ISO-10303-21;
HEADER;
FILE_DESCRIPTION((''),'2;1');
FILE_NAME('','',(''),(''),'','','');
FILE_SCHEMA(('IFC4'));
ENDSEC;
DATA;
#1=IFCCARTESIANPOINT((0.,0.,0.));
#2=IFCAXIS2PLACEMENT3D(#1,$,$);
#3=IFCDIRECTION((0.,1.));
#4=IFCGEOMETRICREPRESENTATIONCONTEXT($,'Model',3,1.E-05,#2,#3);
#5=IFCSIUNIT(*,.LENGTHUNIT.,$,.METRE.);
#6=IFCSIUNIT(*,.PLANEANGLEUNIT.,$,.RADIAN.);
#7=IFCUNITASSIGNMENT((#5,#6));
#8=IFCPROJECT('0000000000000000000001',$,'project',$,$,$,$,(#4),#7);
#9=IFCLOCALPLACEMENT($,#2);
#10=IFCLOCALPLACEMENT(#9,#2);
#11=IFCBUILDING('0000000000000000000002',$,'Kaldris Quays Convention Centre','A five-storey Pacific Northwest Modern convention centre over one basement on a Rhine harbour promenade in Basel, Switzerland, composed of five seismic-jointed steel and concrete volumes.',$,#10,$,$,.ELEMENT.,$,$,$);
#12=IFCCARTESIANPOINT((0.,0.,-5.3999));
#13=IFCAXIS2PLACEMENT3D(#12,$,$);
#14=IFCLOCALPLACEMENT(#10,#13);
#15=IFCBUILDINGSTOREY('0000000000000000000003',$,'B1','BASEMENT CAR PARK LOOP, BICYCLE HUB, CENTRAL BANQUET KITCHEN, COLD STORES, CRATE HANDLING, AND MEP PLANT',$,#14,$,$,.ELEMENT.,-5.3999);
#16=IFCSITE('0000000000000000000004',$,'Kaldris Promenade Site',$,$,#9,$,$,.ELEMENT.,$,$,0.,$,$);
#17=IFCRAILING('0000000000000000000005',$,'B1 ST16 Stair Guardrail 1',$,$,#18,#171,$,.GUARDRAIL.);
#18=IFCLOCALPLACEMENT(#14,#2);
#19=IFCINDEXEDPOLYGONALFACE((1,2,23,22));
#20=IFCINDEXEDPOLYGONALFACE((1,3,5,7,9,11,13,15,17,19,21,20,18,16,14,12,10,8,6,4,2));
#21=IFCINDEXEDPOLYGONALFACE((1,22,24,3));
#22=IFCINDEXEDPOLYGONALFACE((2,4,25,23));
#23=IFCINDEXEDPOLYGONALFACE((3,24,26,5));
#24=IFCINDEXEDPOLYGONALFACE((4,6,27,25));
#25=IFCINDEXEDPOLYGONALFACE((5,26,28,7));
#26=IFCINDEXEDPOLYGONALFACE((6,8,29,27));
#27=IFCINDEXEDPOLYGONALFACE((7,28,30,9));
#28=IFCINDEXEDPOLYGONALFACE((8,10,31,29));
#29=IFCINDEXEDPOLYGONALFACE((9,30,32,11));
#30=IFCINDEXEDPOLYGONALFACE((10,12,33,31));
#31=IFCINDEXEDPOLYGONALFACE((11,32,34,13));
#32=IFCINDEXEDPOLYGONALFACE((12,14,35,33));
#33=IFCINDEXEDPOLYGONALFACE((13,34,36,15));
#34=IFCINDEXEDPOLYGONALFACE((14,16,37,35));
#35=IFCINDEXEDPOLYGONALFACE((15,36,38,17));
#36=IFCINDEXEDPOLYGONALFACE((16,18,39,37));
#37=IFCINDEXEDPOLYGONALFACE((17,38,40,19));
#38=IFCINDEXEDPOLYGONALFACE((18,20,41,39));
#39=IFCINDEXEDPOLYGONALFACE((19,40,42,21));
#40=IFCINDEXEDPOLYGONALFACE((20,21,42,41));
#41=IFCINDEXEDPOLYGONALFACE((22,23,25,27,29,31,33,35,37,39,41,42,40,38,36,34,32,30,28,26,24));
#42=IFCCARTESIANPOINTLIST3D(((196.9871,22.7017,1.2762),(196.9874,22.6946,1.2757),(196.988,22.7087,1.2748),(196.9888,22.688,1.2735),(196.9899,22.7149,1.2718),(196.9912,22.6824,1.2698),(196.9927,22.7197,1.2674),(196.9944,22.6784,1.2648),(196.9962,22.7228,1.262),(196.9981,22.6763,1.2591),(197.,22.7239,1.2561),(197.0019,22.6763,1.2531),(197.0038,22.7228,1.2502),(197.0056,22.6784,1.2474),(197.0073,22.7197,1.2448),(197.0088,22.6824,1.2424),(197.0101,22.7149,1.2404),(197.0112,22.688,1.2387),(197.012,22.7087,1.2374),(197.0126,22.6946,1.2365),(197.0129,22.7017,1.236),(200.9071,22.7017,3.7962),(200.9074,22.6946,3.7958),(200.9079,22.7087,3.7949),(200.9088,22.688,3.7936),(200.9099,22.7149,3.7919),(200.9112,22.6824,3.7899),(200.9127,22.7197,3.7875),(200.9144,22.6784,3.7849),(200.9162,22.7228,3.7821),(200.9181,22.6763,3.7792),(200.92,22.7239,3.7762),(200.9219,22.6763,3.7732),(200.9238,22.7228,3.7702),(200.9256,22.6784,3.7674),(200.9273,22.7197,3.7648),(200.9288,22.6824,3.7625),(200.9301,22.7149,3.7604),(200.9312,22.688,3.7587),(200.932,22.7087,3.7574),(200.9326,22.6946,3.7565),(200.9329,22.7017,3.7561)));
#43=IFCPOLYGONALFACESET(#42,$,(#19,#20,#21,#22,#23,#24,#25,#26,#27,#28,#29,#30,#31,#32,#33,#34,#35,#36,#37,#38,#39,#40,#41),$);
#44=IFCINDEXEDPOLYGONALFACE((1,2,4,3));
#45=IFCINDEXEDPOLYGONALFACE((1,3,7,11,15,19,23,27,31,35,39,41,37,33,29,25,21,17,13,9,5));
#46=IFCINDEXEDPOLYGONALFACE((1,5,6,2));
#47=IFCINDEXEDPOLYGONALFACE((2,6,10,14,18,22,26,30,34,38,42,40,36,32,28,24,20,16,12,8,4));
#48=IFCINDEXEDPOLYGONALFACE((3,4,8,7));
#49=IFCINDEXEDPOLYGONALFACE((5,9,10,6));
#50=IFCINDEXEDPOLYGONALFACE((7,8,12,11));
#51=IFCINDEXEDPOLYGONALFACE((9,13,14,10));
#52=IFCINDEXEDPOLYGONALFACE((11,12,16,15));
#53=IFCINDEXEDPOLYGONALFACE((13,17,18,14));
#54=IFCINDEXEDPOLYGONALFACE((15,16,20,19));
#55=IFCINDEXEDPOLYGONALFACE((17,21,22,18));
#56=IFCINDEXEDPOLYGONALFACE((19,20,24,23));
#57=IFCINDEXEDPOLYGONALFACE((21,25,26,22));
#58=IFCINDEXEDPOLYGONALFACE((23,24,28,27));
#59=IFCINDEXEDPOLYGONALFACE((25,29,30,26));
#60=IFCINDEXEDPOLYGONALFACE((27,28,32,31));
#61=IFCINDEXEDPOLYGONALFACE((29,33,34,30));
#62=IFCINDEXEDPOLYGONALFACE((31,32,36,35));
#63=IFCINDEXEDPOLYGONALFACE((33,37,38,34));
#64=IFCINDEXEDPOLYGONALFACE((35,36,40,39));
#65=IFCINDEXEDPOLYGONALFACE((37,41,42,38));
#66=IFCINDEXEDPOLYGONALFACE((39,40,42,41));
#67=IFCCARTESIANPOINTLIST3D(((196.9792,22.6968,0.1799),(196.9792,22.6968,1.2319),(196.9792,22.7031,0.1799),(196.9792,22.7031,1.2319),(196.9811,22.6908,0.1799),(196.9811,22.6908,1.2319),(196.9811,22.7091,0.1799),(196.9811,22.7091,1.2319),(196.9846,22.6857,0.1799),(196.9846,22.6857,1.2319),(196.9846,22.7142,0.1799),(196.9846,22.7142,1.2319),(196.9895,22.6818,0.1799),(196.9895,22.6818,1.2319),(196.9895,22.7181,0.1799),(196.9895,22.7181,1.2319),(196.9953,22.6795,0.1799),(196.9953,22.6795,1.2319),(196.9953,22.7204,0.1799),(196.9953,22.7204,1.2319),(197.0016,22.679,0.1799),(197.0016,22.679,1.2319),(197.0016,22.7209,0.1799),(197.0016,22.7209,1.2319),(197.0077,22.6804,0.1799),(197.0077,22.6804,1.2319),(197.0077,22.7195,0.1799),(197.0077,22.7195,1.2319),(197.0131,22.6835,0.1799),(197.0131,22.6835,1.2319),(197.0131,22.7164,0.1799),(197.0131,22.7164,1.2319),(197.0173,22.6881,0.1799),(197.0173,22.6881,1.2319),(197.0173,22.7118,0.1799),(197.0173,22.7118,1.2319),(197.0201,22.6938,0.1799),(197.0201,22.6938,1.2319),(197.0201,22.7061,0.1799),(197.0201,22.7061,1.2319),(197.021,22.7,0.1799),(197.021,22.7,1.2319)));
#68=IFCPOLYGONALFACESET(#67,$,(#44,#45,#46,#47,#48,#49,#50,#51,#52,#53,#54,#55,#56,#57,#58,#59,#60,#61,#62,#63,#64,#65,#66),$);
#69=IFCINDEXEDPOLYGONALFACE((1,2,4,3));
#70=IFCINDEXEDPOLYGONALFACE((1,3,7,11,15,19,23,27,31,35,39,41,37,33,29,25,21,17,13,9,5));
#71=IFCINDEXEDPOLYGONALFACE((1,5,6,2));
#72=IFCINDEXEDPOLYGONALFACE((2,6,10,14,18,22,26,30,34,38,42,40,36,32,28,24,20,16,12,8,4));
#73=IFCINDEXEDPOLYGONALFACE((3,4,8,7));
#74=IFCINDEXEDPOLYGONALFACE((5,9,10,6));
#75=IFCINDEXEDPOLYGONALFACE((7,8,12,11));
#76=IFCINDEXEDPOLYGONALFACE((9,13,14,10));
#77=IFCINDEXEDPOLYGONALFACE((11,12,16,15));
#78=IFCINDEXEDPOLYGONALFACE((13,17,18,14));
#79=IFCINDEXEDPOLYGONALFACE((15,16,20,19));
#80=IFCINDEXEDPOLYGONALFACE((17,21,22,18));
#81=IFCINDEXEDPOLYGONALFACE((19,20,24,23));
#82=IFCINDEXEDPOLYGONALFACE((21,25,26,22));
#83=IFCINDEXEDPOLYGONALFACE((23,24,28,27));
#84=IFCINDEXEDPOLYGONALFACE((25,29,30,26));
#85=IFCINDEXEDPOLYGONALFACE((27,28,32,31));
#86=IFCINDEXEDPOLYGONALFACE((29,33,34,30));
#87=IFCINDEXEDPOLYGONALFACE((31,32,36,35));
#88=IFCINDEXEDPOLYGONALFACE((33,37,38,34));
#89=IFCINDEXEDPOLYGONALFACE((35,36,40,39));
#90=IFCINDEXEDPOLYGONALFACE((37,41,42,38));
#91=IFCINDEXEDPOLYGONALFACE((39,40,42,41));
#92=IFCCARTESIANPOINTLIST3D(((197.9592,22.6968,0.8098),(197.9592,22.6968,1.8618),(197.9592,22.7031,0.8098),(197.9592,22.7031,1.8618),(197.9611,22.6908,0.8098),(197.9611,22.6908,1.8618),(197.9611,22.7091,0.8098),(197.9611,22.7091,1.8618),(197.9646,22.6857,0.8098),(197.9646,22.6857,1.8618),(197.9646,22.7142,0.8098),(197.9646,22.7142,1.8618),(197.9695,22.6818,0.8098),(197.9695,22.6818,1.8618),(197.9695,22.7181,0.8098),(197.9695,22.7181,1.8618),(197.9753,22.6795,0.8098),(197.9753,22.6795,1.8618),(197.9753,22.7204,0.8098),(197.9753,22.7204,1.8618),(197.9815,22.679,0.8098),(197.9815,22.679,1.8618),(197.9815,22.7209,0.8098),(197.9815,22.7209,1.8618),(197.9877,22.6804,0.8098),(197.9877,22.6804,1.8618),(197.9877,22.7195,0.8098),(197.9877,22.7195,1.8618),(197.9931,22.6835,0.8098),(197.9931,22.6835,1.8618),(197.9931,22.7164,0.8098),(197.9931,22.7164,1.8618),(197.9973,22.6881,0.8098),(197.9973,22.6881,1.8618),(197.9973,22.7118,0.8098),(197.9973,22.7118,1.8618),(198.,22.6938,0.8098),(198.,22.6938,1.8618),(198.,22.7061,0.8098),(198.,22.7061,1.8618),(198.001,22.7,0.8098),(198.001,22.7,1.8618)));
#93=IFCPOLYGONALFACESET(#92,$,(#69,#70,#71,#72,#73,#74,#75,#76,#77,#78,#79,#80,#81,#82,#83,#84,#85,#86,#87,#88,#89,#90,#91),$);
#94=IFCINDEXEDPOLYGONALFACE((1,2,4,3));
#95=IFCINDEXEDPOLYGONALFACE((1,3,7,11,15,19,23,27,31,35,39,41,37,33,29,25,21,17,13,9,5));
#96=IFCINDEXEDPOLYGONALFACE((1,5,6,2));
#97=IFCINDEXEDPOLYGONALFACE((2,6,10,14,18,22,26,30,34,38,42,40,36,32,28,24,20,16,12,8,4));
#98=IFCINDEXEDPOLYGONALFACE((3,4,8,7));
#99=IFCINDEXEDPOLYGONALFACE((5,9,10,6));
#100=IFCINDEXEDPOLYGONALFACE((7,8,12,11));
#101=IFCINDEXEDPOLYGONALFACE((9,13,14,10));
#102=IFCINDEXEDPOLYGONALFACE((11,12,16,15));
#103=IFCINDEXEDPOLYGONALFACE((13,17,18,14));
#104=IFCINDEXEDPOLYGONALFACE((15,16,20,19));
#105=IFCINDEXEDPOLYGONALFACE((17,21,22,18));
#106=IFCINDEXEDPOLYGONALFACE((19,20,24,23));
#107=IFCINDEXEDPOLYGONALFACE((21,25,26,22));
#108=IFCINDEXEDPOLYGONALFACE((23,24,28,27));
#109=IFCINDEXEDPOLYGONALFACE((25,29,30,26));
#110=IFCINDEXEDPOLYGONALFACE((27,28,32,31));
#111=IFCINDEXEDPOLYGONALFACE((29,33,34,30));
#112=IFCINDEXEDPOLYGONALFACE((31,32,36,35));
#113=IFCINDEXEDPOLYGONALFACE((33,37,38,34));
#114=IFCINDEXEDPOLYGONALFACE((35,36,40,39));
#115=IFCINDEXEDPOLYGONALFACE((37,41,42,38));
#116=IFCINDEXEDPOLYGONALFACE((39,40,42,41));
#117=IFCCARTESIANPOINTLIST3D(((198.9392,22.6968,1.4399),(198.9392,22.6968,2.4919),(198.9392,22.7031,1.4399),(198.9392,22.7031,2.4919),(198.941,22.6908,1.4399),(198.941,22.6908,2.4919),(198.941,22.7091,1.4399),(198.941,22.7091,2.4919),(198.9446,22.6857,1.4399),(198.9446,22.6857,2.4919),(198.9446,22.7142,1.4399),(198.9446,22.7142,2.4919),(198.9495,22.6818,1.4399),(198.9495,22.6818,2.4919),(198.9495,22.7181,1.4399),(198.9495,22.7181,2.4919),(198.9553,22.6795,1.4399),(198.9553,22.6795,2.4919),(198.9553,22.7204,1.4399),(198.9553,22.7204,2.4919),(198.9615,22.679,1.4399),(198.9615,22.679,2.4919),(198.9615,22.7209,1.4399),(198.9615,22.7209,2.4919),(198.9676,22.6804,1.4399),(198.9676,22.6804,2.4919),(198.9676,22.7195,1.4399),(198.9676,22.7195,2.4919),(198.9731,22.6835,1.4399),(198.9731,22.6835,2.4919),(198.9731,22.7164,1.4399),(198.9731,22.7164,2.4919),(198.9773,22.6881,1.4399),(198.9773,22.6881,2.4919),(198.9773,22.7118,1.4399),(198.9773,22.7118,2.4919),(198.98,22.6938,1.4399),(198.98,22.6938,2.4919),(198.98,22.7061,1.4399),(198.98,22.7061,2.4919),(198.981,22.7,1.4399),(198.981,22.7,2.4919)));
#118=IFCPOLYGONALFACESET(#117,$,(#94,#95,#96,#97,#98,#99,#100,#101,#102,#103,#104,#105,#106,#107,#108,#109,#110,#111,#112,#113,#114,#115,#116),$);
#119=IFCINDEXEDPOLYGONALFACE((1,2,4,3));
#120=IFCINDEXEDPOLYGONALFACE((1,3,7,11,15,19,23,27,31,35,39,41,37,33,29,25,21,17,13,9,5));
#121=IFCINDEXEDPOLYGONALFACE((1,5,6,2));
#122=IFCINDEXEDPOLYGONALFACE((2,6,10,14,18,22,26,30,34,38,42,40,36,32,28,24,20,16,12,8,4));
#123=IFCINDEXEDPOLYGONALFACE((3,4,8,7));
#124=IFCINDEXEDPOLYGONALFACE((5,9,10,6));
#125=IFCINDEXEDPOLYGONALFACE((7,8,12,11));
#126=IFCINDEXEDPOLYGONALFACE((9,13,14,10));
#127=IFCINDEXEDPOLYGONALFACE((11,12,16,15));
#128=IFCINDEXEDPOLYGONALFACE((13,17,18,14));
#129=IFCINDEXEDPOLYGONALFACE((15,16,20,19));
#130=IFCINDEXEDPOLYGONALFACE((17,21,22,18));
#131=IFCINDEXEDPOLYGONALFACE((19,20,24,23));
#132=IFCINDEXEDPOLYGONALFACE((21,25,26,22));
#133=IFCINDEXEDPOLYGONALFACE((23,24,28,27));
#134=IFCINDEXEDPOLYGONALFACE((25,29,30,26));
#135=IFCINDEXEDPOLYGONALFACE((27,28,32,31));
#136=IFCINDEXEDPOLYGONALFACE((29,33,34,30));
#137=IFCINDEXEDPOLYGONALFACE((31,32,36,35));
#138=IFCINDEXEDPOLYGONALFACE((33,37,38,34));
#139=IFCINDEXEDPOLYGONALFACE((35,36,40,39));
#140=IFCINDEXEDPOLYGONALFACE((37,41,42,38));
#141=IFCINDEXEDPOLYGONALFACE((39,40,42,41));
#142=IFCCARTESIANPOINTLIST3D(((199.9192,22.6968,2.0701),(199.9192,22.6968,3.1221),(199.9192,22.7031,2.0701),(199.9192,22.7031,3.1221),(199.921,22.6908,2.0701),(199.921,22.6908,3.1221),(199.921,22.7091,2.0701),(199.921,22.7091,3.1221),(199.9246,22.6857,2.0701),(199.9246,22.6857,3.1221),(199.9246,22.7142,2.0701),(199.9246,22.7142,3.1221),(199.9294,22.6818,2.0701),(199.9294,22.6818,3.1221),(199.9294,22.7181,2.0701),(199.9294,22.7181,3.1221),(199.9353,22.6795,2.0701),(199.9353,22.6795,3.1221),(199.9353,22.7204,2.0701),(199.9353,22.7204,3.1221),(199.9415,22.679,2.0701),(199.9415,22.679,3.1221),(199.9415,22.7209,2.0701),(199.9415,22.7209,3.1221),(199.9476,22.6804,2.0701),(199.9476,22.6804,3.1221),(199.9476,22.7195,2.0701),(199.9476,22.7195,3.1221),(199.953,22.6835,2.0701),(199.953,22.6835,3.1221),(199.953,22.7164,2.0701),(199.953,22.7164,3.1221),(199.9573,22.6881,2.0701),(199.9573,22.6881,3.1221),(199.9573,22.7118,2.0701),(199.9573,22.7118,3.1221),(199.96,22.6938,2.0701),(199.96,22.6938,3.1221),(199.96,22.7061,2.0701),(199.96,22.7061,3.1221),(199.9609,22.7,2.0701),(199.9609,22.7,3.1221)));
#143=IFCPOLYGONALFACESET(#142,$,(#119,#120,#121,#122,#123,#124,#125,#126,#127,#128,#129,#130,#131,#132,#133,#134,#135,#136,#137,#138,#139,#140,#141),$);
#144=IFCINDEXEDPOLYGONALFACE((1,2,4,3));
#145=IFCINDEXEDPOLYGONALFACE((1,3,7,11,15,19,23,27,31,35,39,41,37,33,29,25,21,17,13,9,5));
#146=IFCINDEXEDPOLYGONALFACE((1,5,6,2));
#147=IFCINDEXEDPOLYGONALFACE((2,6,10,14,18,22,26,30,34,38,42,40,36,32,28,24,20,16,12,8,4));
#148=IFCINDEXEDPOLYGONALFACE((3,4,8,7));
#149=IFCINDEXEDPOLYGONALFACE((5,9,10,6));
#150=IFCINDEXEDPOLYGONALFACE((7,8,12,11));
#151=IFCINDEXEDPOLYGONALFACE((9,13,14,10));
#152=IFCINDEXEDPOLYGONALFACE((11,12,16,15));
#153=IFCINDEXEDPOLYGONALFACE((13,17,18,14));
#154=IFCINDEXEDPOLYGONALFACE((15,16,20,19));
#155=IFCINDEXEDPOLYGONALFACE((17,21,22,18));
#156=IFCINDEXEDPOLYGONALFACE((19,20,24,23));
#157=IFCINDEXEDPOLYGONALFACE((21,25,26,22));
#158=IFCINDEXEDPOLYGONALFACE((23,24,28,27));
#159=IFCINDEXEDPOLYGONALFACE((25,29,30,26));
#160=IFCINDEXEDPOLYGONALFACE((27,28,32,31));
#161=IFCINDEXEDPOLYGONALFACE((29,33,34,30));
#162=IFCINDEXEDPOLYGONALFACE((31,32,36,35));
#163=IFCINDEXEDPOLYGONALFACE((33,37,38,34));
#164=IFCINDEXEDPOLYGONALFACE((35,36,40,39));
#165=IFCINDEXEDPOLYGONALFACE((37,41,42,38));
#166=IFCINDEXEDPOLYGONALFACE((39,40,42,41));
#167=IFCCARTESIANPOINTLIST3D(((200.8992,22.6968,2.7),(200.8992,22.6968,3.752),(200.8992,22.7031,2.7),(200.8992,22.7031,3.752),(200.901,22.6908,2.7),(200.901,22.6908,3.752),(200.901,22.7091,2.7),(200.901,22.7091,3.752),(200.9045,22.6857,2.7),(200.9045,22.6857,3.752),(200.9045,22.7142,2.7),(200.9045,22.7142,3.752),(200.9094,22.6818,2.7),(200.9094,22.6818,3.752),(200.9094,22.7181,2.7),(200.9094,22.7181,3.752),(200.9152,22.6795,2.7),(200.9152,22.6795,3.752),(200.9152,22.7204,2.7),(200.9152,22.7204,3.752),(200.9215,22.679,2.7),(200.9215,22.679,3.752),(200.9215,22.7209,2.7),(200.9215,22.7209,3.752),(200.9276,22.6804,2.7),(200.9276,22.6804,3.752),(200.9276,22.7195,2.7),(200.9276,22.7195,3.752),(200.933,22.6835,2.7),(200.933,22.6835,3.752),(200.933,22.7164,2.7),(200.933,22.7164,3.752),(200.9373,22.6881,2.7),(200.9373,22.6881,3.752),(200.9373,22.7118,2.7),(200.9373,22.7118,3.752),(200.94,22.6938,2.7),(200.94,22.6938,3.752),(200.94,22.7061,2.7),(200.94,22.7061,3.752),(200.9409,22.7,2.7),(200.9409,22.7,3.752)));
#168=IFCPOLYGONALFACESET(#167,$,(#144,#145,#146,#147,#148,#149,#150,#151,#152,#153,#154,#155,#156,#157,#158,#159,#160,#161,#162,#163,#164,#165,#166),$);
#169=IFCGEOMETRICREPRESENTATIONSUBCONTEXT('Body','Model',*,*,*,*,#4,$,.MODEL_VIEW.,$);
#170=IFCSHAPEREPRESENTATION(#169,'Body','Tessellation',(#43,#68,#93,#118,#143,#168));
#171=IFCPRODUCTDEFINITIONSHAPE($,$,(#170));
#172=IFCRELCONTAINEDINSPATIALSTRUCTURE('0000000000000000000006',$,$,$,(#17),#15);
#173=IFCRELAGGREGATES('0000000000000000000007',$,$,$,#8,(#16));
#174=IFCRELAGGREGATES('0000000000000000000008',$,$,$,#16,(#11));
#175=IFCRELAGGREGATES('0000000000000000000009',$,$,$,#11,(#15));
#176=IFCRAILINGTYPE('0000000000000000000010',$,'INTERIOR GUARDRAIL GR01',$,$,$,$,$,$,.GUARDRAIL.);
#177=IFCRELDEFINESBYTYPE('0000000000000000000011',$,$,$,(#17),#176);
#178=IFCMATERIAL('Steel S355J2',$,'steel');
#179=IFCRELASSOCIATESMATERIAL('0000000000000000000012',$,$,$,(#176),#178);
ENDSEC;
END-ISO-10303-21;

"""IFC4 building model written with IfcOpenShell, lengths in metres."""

from ifc_helpers import new_model, si_unit, direction, frame, origin, origin_2d, place, context, subcontext, project, spatial, circle, extrude, material, type_object, element, save


model = new_model("IFC4")

# Units and contexts
model_context = context("Model", 3, precision=1e-05, world=origin(), true_north=direction((0.0, 1.0)))
body_context = subcontext(model_context, "Body", "Model", "MODEL_VIEW")
ifc_project = project(units=[si_unit("LENGTHUNIT", "METRE"), si_unit("PLANEANGLEUNIT", "RADIAN")], contexts=[model_context])

# Site, building, storey
site_placement = place(None, origin())
site = spatial("IfcSite", under=ifc_project, at=site_placement, Name="Kaldris Promenade Site", CompositionType="ELEMENT", RefElevation=0.0)
building_placement = place(site_placement, origin())
building = spatial("IfcBuilding", under=site, at=building_placement, Name="Kaldris Quays Convention Centre", Description="A five-storey Pacific Northwest Modern convention centre over one basement on a Rhine harbour promenade in Basel, Switzerland, composed of five seismic-jointed steel and concrete volumes.", CompositionType="ELEMENT")
storey_placement = place(building_placement, frame((0.0, 0.0, -5.3999)))
storey = spatial("IfcBuildingStorey", under=building, at=storey_placement, Name="B1", Description="BASEMENT CAR PARK LOOP, BICYCLE HUB, CENTRAL BANQUET KITCHEN, COLD STORES, CRATE HANDLING, AND MEP PLANT", CompositionType="ELEMENT", Elevation=-5.3999)

# Shared definitions
ifc_material_1 = material(Name="Steel S355J2", Category="steel")

# Railing
railing_type_1 = type_object("IfcRailingType", Name="INTERIOR GUARDRAIL GR01", PredefinedType="GUARDRAIL", material=ifc_material_1)
railing_1_placement = place(storey_placement, frame((197.0, 22.7, 0.1799)))
element("IfcRailing", 1, at=railing_1_placement, inside=storey, type_object=railing_type_1, Name="B1 ST16 Stair Guardrail 1", PredefinedType="GUARDRAIL", context=body_context, shape_type="SweptSolid", body=[
    extrude(circle(Radius=0.0239, at=origin_2d()), frame((0.0, 0.0, 1.0762), z_axis=(0.841172, 0.0, 0.540768), x_axis=(0.0, 1.0, 0.0)), (0.0, 0.0, 1.0), 4.6602),
    extrude(circle(Radius=0.021, at=origin_2d()), origin(), (0.0, 0.0, 1.0), 1.052),
    extrude(circle(Radius=0.021, at=origin_2d()), frame((0.98, 0.0, 0.6299)), (0.0, 0.0, 1.0), 1.052),
    extrude(circle(Radius=0.021, at=origin_2d()), frame((1.96, 0.0, 1.26)), (0.0, 0.0, 1.0), 1.052),
    extrude(circle(Radius=0.021, at=origin_2d()), frame((2.9399, 0.0, 1.8901)), (0.0, 0.0, 1.0), 1.052),
    extrude(circle(Radius=0.021, at=origin_2d()), frame((3.9199, 0.0, 2.52)), (0.0, 0.0, 1.0), 1.052),
])

save(model, "model.ifc")
